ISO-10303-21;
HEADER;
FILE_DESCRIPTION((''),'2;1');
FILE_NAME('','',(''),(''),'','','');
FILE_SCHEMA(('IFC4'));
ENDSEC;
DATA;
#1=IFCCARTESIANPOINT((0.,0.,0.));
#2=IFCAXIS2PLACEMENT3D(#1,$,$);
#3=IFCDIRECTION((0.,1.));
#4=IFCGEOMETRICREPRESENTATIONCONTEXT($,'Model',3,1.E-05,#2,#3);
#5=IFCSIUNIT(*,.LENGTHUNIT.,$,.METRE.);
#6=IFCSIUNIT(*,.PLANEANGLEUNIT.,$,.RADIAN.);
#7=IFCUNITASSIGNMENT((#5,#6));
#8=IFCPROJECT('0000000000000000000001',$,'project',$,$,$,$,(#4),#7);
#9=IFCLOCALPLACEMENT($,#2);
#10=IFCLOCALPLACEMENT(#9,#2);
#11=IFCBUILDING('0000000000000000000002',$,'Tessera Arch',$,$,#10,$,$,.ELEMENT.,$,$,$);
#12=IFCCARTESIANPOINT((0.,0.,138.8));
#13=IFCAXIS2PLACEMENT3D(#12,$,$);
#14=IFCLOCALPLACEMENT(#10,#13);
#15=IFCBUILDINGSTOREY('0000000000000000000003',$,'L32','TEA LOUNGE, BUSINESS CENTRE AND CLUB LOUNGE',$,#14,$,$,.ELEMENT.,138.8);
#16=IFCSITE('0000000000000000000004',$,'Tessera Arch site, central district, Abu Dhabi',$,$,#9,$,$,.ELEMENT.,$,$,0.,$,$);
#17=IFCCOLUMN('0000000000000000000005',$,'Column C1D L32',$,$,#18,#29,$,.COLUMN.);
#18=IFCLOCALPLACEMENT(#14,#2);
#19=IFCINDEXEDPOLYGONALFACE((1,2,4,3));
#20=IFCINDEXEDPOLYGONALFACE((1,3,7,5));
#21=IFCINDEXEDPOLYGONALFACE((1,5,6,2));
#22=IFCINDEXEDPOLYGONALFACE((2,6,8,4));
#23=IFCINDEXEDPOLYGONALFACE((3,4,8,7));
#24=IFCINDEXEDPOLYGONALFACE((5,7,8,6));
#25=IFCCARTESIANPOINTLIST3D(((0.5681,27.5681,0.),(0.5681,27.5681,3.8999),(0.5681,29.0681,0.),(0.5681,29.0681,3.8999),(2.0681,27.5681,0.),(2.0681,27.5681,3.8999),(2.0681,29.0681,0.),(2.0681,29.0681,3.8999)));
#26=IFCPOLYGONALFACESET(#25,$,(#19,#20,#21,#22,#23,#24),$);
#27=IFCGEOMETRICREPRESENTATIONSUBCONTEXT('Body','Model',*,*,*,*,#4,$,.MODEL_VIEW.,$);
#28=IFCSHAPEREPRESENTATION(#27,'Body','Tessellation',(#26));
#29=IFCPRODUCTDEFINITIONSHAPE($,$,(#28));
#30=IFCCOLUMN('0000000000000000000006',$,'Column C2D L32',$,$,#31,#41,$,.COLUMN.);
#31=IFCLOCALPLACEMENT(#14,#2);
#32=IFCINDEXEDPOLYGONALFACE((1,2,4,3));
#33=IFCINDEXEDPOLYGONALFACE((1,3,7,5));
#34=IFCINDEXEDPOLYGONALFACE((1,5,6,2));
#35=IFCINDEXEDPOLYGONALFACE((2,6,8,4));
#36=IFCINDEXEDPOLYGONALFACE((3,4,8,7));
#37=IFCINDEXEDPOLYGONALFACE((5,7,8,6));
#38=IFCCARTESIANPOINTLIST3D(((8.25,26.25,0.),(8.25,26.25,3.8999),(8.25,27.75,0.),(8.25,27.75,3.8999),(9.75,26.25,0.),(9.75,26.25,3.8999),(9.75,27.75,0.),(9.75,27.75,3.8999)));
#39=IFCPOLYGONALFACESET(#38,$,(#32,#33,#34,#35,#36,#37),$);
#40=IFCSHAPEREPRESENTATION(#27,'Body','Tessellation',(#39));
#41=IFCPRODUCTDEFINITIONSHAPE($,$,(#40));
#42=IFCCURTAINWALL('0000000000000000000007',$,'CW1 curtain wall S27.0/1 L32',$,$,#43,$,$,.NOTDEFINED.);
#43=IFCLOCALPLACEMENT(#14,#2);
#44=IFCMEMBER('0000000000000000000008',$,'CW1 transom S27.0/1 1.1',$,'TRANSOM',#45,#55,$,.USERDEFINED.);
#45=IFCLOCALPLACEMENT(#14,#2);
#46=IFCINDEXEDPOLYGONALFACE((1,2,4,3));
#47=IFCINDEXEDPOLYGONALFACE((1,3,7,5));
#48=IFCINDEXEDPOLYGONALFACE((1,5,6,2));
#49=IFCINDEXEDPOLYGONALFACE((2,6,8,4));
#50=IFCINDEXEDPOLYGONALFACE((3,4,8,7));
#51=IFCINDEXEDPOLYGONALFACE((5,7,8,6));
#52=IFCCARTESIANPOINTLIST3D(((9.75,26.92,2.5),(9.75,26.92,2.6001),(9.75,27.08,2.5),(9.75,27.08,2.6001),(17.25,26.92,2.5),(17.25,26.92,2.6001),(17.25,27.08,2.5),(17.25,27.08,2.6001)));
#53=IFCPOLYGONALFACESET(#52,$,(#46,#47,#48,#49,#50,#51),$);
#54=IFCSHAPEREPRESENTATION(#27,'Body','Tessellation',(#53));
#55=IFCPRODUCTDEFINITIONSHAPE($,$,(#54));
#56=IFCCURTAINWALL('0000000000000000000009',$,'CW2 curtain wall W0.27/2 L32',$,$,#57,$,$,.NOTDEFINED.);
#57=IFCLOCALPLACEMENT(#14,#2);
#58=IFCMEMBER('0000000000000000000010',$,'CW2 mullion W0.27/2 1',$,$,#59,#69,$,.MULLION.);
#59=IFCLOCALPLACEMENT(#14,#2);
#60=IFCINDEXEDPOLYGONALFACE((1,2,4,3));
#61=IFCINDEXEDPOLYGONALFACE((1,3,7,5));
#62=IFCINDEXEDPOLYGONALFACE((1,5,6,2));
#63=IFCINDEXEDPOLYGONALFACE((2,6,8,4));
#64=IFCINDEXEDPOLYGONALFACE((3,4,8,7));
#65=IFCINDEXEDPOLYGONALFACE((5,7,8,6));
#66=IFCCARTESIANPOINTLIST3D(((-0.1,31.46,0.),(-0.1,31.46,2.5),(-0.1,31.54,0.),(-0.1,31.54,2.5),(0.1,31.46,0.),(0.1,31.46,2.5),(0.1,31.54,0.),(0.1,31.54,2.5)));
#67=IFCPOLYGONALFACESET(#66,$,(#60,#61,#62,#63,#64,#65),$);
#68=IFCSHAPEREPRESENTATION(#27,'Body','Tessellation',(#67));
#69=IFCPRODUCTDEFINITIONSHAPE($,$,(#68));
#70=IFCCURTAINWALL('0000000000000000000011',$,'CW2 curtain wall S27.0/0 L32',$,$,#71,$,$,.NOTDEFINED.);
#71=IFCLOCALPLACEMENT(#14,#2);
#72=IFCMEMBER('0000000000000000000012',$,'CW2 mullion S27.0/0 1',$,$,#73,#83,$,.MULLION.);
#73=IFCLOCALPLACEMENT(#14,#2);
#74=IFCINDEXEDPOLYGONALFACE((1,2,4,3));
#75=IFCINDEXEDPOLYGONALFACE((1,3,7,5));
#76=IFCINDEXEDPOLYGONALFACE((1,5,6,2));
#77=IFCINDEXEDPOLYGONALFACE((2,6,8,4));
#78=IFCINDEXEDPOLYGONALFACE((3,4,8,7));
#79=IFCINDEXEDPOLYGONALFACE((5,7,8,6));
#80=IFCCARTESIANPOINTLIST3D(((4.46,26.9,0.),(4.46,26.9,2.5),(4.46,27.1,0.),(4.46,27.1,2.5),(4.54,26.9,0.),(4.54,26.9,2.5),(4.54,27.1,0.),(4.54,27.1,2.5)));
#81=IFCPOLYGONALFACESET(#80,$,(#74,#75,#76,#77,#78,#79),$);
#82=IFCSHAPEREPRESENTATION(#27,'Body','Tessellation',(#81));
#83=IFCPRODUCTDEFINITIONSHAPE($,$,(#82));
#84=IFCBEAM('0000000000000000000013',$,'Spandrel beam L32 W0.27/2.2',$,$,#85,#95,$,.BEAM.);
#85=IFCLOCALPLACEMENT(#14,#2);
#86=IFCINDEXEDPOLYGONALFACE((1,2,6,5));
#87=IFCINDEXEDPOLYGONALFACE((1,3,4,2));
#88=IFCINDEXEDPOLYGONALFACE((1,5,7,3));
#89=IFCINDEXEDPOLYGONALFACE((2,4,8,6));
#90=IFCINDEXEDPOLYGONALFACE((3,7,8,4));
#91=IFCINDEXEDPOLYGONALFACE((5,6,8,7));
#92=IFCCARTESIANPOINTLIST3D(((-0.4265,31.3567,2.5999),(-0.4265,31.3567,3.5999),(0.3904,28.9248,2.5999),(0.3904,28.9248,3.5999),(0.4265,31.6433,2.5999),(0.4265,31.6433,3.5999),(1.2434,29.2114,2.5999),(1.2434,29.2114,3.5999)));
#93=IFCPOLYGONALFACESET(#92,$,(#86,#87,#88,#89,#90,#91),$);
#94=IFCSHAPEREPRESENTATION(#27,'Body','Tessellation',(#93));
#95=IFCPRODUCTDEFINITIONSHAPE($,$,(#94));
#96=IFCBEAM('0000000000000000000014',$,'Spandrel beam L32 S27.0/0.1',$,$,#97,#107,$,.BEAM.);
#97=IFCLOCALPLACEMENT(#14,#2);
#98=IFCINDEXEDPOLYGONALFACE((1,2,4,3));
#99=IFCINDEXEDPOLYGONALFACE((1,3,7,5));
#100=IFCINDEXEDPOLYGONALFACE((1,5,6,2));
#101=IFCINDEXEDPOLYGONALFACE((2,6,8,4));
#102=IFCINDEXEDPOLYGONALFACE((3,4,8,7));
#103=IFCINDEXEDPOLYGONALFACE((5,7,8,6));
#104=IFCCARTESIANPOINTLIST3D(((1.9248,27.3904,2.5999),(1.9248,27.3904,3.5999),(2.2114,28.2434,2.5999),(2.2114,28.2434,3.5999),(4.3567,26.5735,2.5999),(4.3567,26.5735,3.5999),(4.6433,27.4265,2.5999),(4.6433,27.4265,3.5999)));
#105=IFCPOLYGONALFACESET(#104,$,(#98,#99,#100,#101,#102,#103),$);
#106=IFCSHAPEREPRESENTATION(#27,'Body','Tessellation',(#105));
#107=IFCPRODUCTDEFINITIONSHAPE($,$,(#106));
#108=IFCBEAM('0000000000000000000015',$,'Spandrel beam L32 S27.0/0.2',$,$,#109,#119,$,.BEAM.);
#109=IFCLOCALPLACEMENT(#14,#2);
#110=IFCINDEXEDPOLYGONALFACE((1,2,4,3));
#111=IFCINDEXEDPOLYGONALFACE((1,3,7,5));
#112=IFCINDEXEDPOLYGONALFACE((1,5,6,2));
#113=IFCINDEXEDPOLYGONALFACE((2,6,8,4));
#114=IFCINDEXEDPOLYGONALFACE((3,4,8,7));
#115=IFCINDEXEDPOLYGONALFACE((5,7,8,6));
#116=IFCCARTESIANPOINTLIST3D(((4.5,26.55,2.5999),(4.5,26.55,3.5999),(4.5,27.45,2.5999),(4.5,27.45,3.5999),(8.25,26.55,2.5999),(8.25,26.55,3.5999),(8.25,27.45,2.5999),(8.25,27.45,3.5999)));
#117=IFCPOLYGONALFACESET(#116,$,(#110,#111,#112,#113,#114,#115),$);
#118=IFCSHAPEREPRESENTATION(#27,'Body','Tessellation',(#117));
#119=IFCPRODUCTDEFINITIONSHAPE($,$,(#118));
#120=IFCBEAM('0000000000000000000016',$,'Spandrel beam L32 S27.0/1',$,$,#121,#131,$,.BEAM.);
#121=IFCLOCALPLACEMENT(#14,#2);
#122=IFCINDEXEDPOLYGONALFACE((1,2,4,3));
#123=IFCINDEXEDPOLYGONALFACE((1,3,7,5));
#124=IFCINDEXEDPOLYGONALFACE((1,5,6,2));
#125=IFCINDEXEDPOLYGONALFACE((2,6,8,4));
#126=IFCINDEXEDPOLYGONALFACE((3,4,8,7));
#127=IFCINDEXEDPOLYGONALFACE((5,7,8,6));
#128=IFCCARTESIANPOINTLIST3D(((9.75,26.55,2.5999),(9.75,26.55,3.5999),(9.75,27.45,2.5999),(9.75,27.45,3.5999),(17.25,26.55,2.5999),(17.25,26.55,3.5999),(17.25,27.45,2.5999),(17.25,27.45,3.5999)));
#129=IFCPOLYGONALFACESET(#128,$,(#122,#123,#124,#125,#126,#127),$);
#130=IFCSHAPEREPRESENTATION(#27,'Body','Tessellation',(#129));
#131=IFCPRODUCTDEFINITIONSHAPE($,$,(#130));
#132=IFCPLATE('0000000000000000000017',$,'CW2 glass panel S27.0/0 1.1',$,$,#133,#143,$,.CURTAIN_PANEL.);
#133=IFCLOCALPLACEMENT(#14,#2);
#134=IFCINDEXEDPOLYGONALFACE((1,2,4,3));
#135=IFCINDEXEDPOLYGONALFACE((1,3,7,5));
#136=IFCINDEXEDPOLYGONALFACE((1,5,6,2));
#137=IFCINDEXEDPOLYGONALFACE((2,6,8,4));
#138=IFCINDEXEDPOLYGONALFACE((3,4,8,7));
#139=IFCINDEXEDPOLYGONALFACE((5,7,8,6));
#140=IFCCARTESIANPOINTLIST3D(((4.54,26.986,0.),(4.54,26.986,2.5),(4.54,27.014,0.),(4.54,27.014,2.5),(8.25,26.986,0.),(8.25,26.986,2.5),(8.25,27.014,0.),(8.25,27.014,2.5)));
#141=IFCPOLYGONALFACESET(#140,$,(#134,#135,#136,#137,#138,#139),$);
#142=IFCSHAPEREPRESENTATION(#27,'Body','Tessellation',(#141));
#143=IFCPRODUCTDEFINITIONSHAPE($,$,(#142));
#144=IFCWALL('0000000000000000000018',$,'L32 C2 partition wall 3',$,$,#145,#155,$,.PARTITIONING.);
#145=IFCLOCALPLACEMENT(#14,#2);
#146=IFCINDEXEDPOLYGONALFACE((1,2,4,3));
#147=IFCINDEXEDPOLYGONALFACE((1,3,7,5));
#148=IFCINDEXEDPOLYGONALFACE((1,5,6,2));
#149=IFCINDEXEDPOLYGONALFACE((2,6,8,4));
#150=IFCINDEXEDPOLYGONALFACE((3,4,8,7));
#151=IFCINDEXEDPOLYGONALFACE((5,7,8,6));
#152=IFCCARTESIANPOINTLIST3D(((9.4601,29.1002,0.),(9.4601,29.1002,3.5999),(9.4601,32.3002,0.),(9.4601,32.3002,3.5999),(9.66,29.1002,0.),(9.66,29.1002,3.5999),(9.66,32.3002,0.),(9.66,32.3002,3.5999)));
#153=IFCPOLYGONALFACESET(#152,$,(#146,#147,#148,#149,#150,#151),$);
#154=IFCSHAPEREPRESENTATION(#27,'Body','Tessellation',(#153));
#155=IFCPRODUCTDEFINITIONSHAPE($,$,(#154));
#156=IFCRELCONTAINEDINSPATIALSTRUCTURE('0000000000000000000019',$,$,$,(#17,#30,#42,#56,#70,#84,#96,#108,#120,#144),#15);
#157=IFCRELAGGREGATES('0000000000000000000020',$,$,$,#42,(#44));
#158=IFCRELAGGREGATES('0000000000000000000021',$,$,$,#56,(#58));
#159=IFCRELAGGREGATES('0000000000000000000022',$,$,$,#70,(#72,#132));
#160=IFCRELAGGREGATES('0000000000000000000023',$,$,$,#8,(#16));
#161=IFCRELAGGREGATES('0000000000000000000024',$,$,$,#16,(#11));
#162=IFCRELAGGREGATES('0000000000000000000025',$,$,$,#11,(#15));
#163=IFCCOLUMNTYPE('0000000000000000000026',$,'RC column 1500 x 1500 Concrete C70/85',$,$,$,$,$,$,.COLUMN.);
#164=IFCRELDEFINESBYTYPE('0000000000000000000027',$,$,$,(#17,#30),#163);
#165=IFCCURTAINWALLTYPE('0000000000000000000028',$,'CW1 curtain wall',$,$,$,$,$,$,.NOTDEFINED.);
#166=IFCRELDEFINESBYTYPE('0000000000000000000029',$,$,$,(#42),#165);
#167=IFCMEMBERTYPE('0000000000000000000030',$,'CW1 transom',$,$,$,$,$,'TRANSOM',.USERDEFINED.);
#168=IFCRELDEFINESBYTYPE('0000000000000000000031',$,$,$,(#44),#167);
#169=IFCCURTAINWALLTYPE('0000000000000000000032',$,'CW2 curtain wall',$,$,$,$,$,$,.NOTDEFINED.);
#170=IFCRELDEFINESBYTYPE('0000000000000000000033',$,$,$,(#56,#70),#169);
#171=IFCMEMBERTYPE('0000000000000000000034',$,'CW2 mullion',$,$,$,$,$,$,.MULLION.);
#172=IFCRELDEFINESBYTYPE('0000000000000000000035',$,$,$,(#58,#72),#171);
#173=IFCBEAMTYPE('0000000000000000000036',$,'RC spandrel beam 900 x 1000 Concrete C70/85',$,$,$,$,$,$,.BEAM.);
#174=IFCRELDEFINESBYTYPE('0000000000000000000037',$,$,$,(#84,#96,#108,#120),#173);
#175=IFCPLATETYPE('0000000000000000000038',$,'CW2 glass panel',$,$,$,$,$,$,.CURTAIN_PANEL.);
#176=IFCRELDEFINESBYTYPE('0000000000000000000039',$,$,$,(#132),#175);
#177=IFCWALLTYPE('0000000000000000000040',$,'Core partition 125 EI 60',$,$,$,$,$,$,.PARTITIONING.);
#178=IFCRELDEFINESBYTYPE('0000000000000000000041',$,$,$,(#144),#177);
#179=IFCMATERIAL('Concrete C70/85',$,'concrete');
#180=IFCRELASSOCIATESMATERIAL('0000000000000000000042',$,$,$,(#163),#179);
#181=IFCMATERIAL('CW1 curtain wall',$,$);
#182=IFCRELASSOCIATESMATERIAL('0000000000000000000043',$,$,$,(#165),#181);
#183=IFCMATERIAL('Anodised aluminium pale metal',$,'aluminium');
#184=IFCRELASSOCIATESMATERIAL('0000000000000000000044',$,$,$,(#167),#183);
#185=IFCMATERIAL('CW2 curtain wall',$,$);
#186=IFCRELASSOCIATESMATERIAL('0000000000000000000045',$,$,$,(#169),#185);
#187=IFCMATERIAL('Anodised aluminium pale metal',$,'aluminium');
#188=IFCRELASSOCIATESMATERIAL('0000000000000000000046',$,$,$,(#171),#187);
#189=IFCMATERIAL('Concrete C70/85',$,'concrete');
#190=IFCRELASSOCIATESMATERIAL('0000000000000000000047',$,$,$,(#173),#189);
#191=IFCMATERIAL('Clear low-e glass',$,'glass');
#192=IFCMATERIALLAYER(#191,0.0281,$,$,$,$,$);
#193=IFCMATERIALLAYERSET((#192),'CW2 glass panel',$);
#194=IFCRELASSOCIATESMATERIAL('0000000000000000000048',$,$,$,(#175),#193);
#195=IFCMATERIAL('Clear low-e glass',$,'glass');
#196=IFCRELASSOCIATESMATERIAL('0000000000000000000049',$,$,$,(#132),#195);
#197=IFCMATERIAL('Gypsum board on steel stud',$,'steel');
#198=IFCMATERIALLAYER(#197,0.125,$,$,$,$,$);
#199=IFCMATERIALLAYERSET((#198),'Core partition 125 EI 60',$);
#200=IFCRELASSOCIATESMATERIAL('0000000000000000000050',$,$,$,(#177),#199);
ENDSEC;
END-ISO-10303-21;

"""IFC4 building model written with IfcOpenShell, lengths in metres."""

from ifc_helpers import new_model, si_unit, direction, frame, frame_2d, origin, origin_2d, place, context, subcontext, project, spatial, rectangle, extrude, material, layer, layer_set, material_profile, profile_set, type_object, element, aggregate, save


model = new_model("IFC4")

# Units and contexts
model_context = context("Model", 3, precision=1e-05, world=origin(), true_north=direction((0.0, 1.0)))
body_context = subcontext(model_context, "Body", "Model", "MODEL_VIEW")
ifc_project = project(units=[si_unit("LENGTHUNIT", "METRE"), si_unit("PLANEANGLEUNIT", "RADIAN")], contexts=[model_context])

# Site, building, storey
site_placement = place(None, origin())
site = spatial("IfcSite", under=ifc_project, at=site_placement, Name="Tessera Arch site, central district, Abu Dhabi", CompositionType="ELEMENT", RefElevation=0.0)
building_placement = place(site_placement, origin())
building = spatial("IfcBuilding", under=site, at=building_placement, Name="Tessera Arch", CompositionType="ELEMENT")
storey_placement = place(building_placement, frame((0.0, 0.0, 138.8)))
storey = spatial("IfcBuildingStorey", under=building, at=storey_placement, Name="L32", Description="TEA LOUNGE, BUSINESS CENTRE AND CLUB LOUNGE", CompositionType="ELEMENT", Elevation=138.8)

# Columns
ifc_material_1 = material(Name="Concrete C70/85", Category="concrete")
ifc_material_profile_1 = material_profile(ifc_material_1, rectangle(XDim=1.5, YDim=1.5, at=origin_2d()), Name="RC column 1500 x 1500 Concrete C70/85")
ifc_profile_set_1 = profile_set([ifc_material_profile_1], Name="Concrete C70/85")
column_type = type_object("IfcColumnType", Name="RC column 1500 x 1500 Concrete C70/85", PredefinedType="COLUMN", material=ifc_profile_set_1)
for number, where, z_axis, x_axis, name in (
    (1, (1.3181, 28.3181, 0.0), (0.0, 0.0, 1.0), (1.0, 0.0, 0.0), "Column C1D L32"),
    (2, (9.0, 27.0, 0.0), (0.0, 0.0, 1.0), (1.0, 0.0, 0.0), "Column C2D L32"),
):
    element("IfcColumn", number, at=place(storey_placement, frame(where, z_axis=z_axis, x_axis=x_axis)), inside=storey, type_object=column_type, Name=name, PredefinedType="COLUMN", context=body_context, shape_type="SweptSolid", body=[
        extrude(rectangle(XDim=1.5, YDim=1.5, at=origin_2d()), origin(), (0.0, 0.0, 1.0), 3.8999),
    ])

# Curtain walls, members
ifc_material_2 = material(Name="CW1 curtain wall")
curtain_wall_type_1 = type_object("IfcCurtainWallType", Name="CW1 curtain wall", PredefinedType="NOTDEFINED", material=ifc_material_2)
curtain_wall_1_placement = place(storey_placement, origin())
curtain_wall_1 = element("IfcCurtainWall", 3, at=curtain_wall_1_placement, inside=storey, type_object=curtain_wall_type_1, Name="CW1 curtain wall S27.0/1 L32", PredefinedType="NOTDEFINED")
ifc_material_3 = material(Name="Anodised aluminium pale metal", Category="aluminium")
ifc_material_profile_2 = material_profile(ifc_material_3, rectangle(XDim=0.1599, YDim=0.1001, at=origin_2d()), Name="AL 160x100")
ifc_profile_set_2 = profile_set([ifc_material_profile_2], Name="Anodised aluminium pale metal")
member_type_1 = type_object("IfcMemberType", Name="CW1 transom", ElementType="TRANSOM", PredefinedType="USERDEFINED", material=ifc_profile_set_2)
member_1_placement = place(storey_placement, frame((9.75, 27.0, 2.55), z_axis=(1.0, 0.0, 0.0), x_axis=(0.0, 1.0, 0.0)))
member_1 = element("IfcMember", 4, at=member_1_placement, type_object=member_type_1, Name="CW1 transom S27.0/1 1.1", ObjectType="TRANSOM", PredefinedType="USERDEFINED", context=body_context, shape_type="SweptSolid", body=[
    extrude(rectangle(XDim=0.1599, YDim=0.1001, at=origin_2d()), origin(), (0.0, 0.0, 1.0), 7.5),
])
aggregate(curtain_wall_1, [member_1])
ifc_material_4 = material(Name="CW2 curtain wall")
curtain_wall_type_2 = type_object("IfcCurtainWallType", Name="CW2 curtain wall", PredefinedType="NOTDEFINED", material=ifc_material_4)
curtain_wall_2_placement = place(storey_placement, origin())
curtain_wall_2 = element("IfcCurtainWall", 5, at=curtain_wall_2_placement, inside=storey, type_object=curtain_wall_type_2, Name="CW2 curtain wall W0.27/2 L32", PredefinedType="NOTDEFINED")
ifc_material_5 = material(Name="Anodised aluminium pale metal", Category="aluminium")
ifc_material_profile_3 = material_profile(ifc_material_5, rectangle(XDim=0.2, YDim=0.0801, at=origin_2d()), Name="AL 80x200")
ifc_profile_set_3 = profile_set([ifc_material_profile_3], Name="Anodised aluminium pale metal")
member_type_2 = type_object("IfcMemberType", Name="CW2 mullion", PredefinedType="MULLION", material=ifc_profile_set_3)
member_2_placement = place(storey_placement, frame((0.0, 31.5, 0.0), z_axis=(0.0, 0.0, 1.0), x_axis=(1.0, 0.0, 0.0)))
member_2 = element("IfcMember", 6, at=member_2_placement, type_object=member_type_2, Name="CW2 mullion W0.27/2 1", PredefinedType="MULLION", context=body_context, shape_type="SweptSolid", body=[
    extrude(rectangle(XDim=0.2, YDim=0.0801, at=origin_2d()), origin(), (0.0, 0.0, 1.0), 2.5),
])
aggregate(curtain_wall_2, [member_2])
curtain_wall_3_placement = place(storey_placement, origin())
curtain_wall_3 = element("IfcCurtainWall", 7, at=curtain_wall_3_placement, inside=storey, type_object=curtain_wall_type_2, Name="CW2 curtain wall S27.0/0 L32", PredefinedType="NOTDEFINED")
member_3_placement = place(storey_placement, frame((4.5, 27.0, 0.0), z_axis=(0.0, 0.0, 1.0), x_axis=(0.0, 1.0, 0.0)))
member_3 = element("IfcMember", 8, at=member_3_placement, type_object=member_type_2, Name="CW2 mullion S27.0/0 1", PredefinedType="MULLION", context=body_context, shape_type="SweptSolid", body=[
    extrude(rectangle(XDim=0.2, YDim=0.0801, at=origin_2d()), origin(), (0.0, 0.0, 1.0), 2.5),
])

# Beams
ifc_material_6 = material(Name="Concrete C70/85", Category="concrete")
ifc_material_profile_4 = material_profile(ifc_material_6, rectangle(XDim=0.8999, YDim=1.0, at=origin_2d()), Name="RC spandrel beam 900 x 1000 Concrete C70/85")
ifc_profile_set_4 = profile_set([ifc_material_profile_4], Name="Concrete C70/85")
beam_type = type_object("IfcBeamType", Name="RC spandrel beam 900 x 1000 Concrete C70/85", PredefinedType="BEAM", material=ifc_profile_set_4)
for number, where, z_axis, x_axis, name in (
    (9, (0.0, 31.5, 3.0999), (0.318425, -0.947948, 0.0), (0.947948, 0.318425, 0.0), "Spandrel beam L32 W0.27/2.2"),
    (10, (2.0681, 27.8169, 3.0999), (0.947948, -0.318425, 0.0), (0.318425, 0.947948, 0.0), "Spandrel beam L32 S27.0/0.1"),
):
    element("IfcBeam", number, at=place(storey_placement, frame(where, z_axis=z_axis, x_axis=x_axis)), inside=storey, type_object=beam_type, Name=name, PredefinedType="BEAM", context=body_context, shape_type="SweptSolid", body=[
        extrude(rectangle(XDim=0.8999, YDim=1.0, at=origin_2d()), origin(), (0.0, 0.0, 1.0), 2.5654),
    ])
beam_1_placement = place(storey_placement, frame((4.5, 27.0, 3.0999), z_axis=(1.0, 0.0, 0.0), x_axis=(0.0, 1.0, 0.0)))
element("IfcBeam", 11, at=beam_1_placement, inside=storey, type_object=beam_type, Name="Spandrel beam L32 S27.0/0.2", PredefinedType="BEAM", context=body_context, shape_type="SweptSolid", body=[
    extrude(rectangle(XDim=0.8999, YDim=1.0, at=origin_2d()), origin(), (0.0, 0.0, 1.0), 3.75),
])
beam_2_placement = place(storey_placement, frame((9.75, 27.0, 3.0999), z_axis=(1.0, 0.0, 0.0), x_axis=(0.0, 1.0, 0.0)))
element("IfcBeam", 12, at=beam_2_placement, inside=storey, type_object=beam_type, Name="Spandrel beam L32 S27.0/1", PredefinedType="BEAM", context=body_context, shape_type="SweptSolid", body=[
    extrude(rectangle(XDim=0.8999, YDim=1.0, at=origin_2d()), origin(), (0.0, 0.0, 1.0), 7.5),
])

# Plate
ifc_material_7 = material(Name="Clear low-e glass", Category="glass")
ifc_material_8 = material(Name="Clear low-e glass", Category="glass")
ifc_layer_1 = layer(ifc_material_8, 0.0281)
ifc_layer_set_1 = layer_set([ifc_layer_1], Name="CW2 glass panel")
plate_type = type_object("IfcPlateType", Name="CW2 glass panel", PredefinedType="CURTAIN_PANEL", material=ifc_layer_set_1)
plate_placement = place(storey_placement, frame((6.395, 27.0, 0.0), z_axis=(0.0, 0.0, 1.0), x_axis=(1.0, 0.0, 0.0)))
plate = element("IfcPlate", 13, at=plate_placement, type_object=plate_type, material=ifc_material_7, Name="CW2 glass panel S27.0/0 1.1", PredefinedType="CURTAIN_PANEL", context=body_context, shape_type="SweptSolid", body=[
    extrude(rectangle(XDim=3.71, YDim=0.0281, at=origin_2d()), origin(), (0.0, 0.0, 1.0), 2.5),
])
aggregate(curtain_wall_3, [member_3, plate])

# Wall
ifc_material_9 = material(Name="Gypsum board on steel stud", Category="steel")
ifc_layer_2 = layer(ifc_material_9, 0.125)
ifc_layer_set_2 = layer_set([ifc_layer_2], Name="Core partition 125 EI 60")
wall_type_1 = type_object("IfcWallType", Name="Core partition 125 EI 60", PredefinedType="PARTITIONING", material=ifc_layer_set_2)
wall_1_placement = place(storey_placement, frame((9.5601, 29.1001, 0.0), z_axis=(0.0, 0.0, 1.0), x_axis=(0.0, 1.0, 0.0)))
element("IfcWall", 14, at=wall_1_placement, inside=storey, type_object=wall_type_1, Name="L32 C2 partition wall 3", PredefinedType="PARTITIONING", context=body_context, shape_type="SweptSolid", body=[
    extrude(rectangle(XDim=3.2, YDim=0.2, at=frame_2d((1.6001, 0.0))), origin(), (0.0, 0.0, 1.0), 3.5999),
])

save(model, "model.ifc")
